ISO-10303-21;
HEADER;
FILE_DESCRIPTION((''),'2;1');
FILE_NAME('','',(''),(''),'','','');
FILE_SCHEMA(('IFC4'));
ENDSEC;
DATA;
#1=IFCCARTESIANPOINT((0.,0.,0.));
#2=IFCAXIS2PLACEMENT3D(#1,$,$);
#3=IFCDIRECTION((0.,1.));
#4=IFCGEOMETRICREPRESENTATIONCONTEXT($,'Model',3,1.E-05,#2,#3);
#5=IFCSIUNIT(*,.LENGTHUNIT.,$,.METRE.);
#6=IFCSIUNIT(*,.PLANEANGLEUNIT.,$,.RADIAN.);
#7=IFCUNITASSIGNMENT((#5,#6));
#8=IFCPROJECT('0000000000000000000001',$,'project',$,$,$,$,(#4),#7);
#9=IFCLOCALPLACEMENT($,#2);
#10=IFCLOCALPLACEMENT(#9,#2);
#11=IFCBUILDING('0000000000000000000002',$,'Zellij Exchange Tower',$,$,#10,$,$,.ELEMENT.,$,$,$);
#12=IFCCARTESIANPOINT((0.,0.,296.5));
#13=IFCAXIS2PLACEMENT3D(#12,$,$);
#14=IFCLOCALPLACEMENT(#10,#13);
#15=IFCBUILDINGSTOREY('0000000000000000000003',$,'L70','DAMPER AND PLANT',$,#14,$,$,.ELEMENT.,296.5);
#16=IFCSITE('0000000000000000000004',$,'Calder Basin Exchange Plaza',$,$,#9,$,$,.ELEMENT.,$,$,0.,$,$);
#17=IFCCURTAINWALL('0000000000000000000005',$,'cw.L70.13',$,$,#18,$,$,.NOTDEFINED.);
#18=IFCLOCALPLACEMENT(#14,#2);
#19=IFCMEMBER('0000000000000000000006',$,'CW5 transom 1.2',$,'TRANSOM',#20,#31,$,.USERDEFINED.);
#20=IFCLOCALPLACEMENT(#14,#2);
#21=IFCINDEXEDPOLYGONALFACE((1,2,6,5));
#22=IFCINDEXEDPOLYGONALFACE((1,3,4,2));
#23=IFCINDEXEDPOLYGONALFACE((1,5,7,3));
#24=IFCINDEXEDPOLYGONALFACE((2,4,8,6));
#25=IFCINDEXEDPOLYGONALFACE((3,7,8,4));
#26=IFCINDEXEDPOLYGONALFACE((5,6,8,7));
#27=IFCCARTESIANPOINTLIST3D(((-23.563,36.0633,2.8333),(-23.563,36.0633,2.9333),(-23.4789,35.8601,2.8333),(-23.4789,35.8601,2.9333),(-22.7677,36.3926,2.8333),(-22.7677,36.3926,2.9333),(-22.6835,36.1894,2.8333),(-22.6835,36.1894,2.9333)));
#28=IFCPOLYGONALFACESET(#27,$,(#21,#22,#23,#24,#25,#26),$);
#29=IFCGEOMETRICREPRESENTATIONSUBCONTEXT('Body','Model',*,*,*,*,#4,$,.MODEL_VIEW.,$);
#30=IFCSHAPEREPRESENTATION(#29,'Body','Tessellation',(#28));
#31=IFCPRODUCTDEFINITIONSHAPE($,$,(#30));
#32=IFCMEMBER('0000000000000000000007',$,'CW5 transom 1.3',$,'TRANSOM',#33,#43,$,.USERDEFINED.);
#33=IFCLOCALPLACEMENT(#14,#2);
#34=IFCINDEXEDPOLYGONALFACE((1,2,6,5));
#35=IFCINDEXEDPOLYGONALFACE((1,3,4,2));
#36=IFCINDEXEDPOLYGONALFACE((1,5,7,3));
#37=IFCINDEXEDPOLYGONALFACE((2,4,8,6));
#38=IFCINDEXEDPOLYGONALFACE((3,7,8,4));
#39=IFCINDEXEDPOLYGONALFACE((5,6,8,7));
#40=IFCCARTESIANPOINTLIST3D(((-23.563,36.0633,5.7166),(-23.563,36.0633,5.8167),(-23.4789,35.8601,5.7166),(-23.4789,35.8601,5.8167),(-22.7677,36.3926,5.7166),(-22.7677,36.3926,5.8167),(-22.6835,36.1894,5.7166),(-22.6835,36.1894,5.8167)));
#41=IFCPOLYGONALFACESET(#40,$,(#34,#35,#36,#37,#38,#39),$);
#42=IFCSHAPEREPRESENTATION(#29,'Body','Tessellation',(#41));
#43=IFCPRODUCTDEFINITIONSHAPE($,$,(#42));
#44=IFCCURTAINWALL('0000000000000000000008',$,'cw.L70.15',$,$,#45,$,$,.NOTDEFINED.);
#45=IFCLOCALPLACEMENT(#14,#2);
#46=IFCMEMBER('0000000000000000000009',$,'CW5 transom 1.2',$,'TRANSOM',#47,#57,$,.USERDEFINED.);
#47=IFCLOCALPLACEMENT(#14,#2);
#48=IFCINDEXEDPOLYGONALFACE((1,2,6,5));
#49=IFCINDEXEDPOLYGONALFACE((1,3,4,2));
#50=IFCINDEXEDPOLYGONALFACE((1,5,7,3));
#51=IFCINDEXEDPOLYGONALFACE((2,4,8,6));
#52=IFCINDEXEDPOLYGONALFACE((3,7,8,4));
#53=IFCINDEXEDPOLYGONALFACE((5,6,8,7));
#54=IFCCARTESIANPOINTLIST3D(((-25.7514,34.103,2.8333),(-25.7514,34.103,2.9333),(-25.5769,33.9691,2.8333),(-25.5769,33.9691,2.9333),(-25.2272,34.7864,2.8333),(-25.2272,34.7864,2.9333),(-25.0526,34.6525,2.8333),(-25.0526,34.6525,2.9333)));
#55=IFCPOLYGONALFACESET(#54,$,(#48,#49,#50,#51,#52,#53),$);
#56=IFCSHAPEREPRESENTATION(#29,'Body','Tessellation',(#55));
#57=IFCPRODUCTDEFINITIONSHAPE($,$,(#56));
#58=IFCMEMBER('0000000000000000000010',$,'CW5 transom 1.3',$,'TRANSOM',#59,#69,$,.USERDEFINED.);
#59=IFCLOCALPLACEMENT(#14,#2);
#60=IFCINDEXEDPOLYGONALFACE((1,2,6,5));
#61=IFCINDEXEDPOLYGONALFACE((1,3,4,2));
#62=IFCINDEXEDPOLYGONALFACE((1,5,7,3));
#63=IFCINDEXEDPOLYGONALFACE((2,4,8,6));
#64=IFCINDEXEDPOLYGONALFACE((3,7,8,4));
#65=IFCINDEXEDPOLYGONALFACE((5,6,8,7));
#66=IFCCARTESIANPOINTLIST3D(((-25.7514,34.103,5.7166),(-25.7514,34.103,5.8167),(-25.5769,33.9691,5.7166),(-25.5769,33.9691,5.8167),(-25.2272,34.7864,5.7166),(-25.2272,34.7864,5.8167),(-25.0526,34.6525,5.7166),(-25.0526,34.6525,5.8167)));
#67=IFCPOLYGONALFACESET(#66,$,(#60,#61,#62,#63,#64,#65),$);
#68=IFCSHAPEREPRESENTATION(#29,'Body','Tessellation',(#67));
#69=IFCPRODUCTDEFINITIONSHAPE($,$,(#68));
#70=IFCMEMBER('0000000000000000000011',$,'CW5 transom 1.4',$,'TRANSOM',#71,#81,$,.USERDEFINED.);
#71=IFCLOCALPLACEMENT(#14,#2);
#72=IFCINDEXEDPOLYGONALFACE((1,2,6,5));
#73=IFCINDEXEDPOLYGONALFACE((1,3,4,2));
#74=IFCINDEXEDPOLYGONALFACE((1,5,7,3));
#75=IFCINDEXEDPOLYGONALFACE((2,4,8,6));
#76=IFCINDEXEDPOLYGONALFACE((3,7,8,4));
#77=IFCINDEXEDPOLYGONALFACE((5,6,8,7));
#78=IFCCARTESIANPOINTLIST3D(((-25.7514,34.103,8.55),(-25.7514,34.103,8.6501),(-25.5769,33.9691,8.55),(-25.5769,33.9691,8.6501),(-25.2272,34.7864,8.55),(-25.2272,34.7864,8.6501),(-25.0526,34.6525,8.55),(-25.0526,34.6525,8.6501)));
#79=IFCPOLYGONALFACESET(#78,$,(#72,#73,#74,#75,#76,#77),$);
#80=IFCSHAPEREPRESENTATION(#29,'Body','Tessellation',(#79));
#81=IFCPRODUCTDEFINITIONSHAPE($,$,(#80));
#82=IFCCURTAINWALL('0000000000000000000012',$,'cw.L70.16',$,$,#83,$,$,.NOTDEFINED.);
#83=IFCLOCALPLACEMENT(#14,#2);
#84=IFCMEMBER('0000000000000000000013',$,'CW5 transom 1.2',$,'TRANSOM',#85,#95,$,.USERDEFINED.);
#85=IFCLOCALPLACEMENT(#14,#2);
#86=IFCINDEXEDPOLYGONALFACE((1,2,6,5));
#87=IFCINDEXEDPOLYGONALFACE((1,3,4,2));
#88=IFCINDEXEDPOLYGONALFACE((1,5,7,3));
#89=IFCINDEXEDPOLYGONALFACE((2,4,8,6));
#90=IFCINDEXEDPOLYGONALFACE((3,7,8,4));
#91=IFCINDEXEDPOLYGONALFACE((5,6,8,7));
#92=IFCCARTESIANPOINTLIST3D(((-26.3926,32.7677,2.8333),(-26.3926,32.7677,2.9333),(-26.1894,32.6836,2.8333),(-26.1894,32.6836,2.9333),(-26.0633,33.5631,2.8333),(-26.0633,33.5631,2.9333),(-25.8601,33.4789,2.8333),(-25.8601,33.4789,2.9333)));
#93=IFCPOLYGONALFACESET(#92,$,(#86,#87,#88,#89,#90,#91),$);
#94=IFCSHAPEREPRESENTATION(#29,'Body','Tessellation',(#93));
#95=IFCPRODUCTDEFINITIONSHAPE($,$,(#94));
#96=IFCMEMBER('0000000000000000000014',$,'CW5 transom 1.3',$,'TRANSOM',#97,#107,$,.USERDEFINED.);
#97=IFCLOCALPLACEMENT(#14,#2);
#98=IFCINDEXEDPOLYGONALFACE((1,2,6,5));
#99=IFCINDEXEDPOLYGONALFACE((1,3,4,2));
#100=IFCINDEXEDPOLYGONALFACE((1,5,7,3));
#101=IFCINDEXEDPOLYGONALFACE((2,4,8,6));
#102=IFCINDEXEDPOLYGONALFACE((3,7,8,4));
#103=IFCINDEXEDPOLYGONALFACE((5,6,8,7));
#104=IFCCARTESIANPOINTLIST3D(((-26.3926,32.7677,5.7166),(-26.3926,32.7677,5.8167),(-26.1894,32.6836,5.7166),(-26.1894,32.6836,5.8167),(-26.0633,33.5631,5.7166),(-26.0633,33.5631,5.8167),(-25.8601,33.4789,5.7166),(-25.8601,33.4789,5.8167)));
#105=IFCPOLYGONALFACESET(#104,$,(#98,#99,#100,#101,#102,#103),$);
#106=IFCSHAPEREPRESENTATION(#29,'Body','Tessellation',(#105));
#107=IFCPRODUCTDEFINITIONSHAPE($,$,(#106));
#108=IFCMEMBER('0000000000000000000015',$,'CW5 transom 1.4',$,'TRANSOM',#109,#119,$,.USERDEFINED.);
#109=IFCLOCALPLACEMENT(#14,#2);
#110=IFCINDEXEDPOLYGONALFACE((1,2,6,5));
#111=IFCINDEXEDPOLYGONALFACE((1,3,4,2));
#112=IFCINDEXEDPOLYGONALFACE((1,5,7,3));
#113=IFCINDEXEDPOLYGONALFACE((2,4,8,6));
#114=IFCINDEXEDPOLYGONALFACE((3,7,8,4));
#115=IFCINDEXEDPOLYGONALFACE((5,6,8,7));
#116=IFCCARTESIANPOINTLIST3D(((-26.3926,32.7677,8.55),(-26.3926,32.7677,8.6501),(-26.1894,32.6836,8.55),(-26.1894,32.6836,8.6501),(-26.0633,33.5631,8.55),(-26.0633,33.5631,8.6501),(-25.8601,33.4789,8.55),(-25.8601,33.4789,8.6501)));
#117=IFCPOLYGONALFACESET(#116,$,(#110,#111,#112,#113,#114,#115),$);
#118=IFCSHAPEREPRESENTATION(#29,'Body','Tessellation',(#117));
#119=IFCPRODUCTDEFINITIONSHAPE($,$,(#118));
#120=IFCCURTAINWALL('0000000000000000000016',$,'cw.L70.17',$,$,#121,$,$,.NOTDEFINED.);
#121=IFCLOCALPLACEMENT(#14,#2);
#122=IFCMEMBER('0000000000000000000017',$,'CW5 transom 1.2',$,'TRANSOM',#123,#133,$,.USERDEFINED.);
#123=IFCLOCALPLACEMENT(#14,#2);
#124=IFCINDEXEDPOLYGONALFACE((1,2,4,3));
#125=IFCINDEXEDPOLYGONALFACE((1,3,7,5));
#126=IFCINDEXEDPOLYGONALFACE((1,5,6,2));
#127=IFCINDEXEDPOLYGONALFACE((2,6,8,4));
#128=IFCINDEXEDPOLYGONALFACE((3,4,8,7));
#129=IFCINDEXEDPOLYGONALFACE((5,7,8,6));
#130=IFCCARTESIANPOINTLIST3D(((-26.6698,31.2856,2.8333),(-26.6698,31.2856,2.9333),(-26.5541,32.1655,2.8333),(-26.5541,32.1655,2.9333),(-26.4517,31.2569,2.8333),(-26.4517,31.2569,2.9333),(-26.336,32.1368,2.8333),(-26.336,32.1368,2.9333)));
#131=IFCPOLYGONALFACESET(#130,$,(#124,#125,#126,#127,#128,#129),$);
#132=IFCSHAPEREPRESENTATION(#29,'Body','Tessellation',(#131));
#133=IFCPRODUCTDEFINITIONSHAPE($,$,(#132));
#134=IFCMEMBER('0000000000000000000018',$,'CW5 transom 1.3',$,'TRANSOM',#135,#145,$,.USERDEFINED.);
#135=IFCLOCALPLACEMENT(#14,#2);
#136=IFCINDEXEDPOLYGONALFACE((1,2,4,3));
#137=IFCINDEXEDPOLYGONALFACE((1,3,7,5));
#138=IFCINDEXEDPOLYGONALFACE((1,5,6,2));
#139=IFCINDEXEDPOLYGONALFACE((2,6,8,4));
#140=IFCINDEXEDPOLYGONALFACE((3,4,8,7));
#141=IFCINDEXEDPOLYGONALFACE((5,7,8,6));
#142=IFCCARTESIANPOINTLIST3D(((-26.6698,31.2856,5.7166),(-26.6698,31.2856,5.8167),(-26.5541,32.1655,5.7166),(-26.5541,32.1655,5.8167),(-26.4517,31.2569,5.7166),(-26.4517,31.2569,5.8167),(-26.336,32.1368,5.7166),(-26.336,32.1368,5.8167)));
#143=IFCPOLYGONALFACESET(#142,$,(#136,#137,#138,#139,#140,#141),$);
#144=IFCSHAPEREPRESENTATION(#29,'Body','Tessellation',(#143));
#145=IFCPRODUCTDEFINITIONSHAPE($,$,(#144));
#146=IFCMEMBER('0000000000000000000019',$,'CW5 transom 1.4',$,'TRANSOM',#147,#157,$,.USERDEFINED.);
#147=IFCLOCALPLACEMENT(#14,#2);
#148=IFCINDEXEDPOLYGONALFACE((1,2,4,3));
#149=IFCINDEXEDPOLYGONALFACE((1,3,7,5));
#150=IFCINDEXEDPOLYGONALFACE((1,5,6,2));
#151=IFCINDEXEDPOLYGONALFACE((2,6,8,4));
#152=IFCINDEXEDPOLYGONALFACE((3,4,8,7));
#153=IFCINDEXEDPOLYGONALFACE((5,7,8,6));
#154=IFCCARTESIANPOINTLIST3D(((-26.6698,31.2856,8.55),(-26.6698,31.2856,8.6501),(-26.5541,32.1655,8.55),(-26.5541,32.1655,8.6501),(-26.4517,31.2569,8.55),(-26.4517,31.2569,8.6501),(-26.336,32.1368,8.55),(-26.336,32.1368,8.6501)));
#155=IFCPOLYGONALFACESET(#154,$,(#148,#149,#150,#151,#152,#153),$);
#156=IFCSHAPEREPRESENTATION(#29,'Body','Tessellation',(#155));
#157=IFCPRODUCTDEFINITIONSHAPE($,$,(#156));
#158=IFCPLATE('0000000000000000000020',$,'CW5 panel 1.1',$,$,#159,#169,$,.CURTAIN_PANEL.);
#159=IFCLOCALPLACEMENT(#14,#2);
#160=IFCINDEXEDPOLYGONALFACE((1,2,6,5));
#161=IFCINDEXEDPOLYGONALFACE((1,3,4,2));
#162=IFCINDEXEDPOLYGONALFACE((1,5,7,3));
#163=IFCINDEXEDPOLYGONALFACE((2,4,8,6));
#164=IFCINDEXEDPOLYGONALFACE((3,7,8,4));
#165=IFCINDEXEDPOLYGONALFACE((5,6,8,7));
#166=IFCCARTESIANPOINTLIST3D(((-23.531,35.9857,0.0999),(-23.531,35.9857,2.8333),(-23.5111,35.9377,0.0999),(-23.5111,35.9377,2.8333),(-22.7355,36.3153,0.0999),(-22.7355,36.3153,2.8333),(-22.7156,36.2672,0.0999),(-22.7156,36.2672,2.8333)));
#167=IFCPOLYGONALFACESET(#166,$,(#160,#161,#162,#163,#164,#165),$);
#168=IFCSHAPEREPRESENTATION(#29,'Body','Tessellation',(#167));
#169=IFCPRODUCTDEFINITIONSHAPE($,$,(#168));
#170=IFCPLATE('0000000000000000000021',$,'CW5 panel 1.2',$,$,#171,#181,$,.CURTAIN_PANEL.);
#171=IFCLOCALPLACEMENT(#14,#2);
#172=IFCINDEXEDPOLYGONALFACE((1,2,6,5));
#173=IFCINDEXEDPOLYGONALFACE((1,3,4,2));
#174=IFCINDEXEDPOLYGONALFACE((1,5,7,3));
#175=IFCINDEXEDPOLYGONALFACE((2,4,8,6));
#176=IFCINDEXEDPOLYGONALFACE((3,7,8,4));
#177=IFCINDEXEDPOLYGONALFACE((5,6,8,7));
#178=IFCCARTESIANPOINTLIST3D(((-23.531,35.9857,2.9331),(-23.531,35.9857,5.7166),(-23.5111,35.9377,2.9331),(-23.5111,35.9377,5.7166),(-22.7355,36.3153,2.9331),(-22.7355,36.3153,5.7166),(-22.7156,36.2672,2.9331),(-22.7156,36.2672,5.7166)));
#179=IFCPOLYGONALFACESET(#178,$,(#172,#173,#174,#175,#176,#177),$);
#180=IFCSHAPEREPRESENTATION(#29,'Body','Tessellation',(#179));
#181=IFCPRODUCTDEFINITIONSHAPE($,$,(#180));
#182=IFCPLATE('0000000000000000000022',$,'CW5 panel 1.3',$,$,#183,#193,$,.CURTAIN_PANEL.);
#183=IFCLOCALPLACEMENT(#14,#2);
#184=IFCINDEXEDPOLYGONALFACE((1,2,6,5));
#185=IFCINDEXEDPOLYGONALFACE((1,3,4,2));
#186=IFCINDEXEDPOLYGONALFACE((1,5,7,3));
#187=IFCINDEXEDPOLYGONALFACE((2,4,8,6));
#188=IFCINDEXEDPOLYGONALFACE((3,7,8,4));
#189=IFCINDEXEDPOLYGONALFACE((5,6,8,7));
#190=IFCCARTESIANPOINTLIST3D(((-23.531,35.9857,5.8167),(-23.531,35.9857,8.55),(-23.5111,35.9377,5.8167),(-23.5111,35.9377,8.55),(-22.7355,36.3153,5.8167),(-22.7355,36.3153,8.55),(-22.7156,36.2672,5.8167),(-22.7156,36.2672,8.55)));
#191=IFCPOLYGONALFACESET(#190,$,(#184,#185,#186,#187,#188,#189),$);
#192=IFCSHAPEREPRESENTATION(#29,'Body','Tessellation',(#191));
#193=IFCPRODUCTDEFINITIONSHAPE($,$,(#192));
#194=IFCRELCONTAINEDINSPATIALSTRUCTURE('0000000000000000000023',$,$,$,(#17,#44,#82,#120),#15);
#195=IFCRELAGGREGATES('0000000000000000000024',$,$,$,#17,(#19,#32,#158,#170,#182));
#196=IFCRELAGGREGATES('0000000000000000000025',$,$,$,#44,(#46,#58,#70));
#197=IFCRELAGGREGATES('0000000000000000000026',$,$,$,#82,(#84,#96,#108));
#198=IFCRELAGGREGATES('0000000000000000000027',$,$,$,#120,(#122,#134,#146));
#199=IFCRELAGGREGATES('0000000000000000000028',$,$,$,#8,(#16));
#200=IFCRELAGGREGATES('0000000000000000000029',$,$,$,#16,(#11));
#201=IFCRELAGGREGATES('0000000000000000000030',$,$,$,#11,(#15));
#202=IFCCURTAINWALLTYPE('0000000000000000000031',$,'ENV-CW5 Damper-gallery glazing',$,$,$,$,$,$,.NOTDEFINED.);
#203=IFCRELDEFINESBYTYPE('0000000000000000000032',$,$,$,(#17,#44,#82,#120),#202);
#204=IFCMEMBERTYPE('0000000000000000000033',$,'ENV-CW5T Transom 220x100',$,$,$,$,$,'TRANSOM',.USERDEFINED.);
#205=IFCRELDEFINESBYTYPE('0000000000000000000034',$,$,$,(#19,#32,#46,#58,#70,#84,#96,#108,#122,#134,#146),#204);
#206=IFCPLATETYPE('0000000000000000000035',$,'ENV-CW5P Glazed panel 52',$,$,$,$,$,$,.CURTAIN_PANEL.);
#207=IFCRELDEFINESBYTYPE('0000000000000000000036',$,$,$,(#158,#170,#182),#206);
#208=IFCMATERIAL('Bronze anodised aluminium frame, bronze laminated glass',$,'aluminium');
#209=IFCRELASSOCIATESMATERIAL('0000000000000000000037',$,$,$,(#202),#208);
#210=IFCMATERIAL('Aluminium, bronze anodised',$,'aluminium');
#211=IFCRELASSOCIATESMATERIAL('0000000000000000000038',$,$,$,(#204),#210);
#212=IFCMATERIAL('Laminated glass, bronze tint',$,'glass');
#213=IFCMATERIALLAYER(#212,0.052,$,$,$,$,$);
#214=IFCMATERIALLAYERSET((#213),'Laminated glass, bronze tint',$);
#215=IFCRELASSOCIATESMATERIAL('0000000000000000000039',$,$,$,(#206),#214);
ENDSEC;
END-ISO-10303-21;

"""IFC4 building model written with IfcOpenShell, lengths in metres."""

from ifc_helpers import new_model, si_unit, direction, frame, origin, origin_2d, place, context, subcontext, project, spatial, rectangle, extrude, material, layer, layer_set, material_profile, profile_set, type_object, element, aggregate, save


model = new_model("IFC4")

# Units and contexts
model_context = context("Model", 3, precision=1e-05, world=origin(), true_north=direction((0.0, 1.0)))
body_context = subcontext(model_context, "Body", "Model", "MODEL_VIEW")
ifc_project = project(units=[si_unit("LENGTHUNIT", "METRE"), si_unit("PLANEANGLEUNIT", "RADIAN")], contexts=[model_context])

# Site, building, storey
site_placement = place(None, origin())
site = spatial("IfcSite", under=ifc_project, at=site_placement, Name="Calder Basin Exchange Plaza", CompositionType="ELEMENT", RefElevation=0.0)
building_placement = place(site_placement, origin())
building = spatial("IfcBuilding", under=site, at=building_placement, Name="Zellij Exchange Tower", CompositionType="ELEMENT")
storey_placement = place(building_placement, frame((0.0, 0.0, 296.5)))
storey = spatial("IfcBuildingStorey", under=building, at=storey_placement, Name="L70", Description="DAMPER AND PLANT", CompositionType="ELEMENT", Elevation=296.5)

# Curtain walls, members
ifc_material_1 = material(Name="Bronze anodised aluminium frame, bronze laminated glass", Category="aluminium")
curtain_wall_type = type_object("IfcCurtainWallType", Name="ENV-CW5 Damper-gallery glazing", PredefinedType="NOTDEFINED", material=ifc_material_1)
curtain_wall_1_placement = place(storey_placement, origin())
curtain_wall_1 = element("IfcCurtainWall", 1, at=curtain_wall_1_placement, inside=storey, type_object=curtain_wall_type, Name="cw.L70.13", PredefinedType="NOTDEFINED")
ifc_material_2 = material(Name="Aluminium, bronze anodised", Category="aluminium")
ifc_material_profile = material_profile(ifc_material_2, rectangle(XDim=0.22, YDim=0.1001, at=origin_2d()), Name="AL 220x100")
ifc_profile_set = profile_set([ifc_material_profile], Name="Aluminium, bronze anodised")
member_type = type_object("IfcMemberType", Name="ENV-CW5T Transom 220x100", ElementType="TRANSOM", PredefinedType="USERDEFINED", material=ifc_profile_set)
member_1_placement = place(storey_placement, frame((-22.7256, 36.291, 2.8833), z_axis=(-0.92393, -0.382561, 0.0), x_axis=(0.382561, -0.92393, 0.0)))
member_1 = element("IfcMember", 2, at=member_1_placement, type_object=member_type, Name="CW5 transom 1.2", ObjectType="TRANSOM", PredefinedType="USERDEFINED", context=body_context, shape_type="SweptSolid", body=[
    extrude(rectangle(XDim=0.22, YDim=0.1001, at=origin_2d()), origin(), (0.0, 0.0, 1.0), 0.8608),
])
member_2_placement = place(storey_placement, frame((-22.7256, 36.291, 5.7666), z_axis=(-0.92393, -0.382561, 0.0), x_axis=(0.382561, -0.92393, 0.0)))
member_2 = element("IfcMember", 3, at=member_2_placement, type_object=member_type, Name="CW5 transom 1.3", ObjectType="TRANSOM", PredefinedType="USERDEFINED", context=body_context, shape_type="SweptSolid", body=[
    extrude(rectangle(XDim=0.22, YDim=0.1001, at=origin_2d()), origin(), (0.0, 0.0, 1.0), 0.8608),
])
curtain_wall_2_placement = place(storey_placement, origin())
curtain_wall_2 = element("IfcCurtainWall", 4, at=curtain_wall_2_placement, inside=storey, type_object=curtain_wall_type, Name="cw.L70.15", PredefinedType="NOTDEFINED")
member_3_placement = place(storey_placement, frame((-25.1399, 34.7195, 2.8833), z_axis=(-0.608628, -0.793456, 0.0), x_axis=(0.793456, -0.608628, 0.0)))
member_3 = element("IfcMember", 5, at=member_3_placement, type_object=member_type, Name="CW5 transom 1.2", ObjectType="TRANSOM", PredefinedType="USERDEFINED", context=body_context, shape_type="SweptSolid", body=[
    extrude(rectangle(XDim=0.22, YDim=0.1001, at=origin_2d()), origin(), (0.0, 0.0, 1.0), 0.8613),
])
member_4_placement = place(storey_placement, frame((-25.1399, 34.7195, 5.7666), z_axis=(-0.608628, -0.793456, 0.0), x_axis=(0.793456, -0.608628, 0.0)))
member_4 = element("IfcMember", 6, at=member_4_placement, type_object=member_type, Name="CW5 transom 1.3", ObjectType="TRANSOM", PredefinedType="USERDEFINED", context=body_context, shape_type="SweptSolid", body=[
    extrude(rectangle(XDim=0.22, YDim=0.1001, at=origin_2d()), origin(), (0.0, 0.0, 1.0), 0.8613),
])
member_5_placement = place(storey_placement, frame((-25.1399, 34.7195, 8.6001), z_axis=(-0.608628, -0.793456, 0.0), x_axis=(0.793456, -0.608628, 0.0)))
member_5 = element("IfcMember", 7, at=member_5_placement, type_object=member_type, Name="CW5 transom 1.4", ObjectType="TRANSOM", PredefinedType="USERDEFINED", context=body_context, shape_type="SweptSolid", body=[
    extrude(rectangle(XDim=0.22, YDim=0.1001, at=origin_2d()), origin(), (0.0, 0.0, 1.0), 0.8613),
])
curtain_wall_3_placement = place(storey_placement, origin())
curtain_wall_3 = element("IfcCurtainWall", 8, at=curtain_wall_3_placement, inside=storey, type_object=curtain_wall_type, Name="cw.L70.16", PredefinedType="NOTDEFINED")
member_6_placement = place(storey_placement, frame((-25.9617, 33.521, 2.8833), z_axis=(-0.382561, -0.92393, 0.0), x_axis=(0.92393, -0.382561, 0.0)))
member_6 = element("IfcMember", 9, at=member_6_placement, type_object=member_type, Name="CW5 transom 1.2", ObjectType="TRANSOM", PredefinedType="USERDEFINED", context=body_context, shape_type="SweptSolid", body=[
    extrude(rectangle(XDim=0.22, YDim=0.1001, at=origin_2d()), origin(), (0.0, 0.0, 1.0), 0.8608),
])
member_7_placement = place(storey_placement, frame((-25.9617, 33.521, 5.7666), z_axis=(-0.382561, -0.92393, 0.0), x_axis=(0.92393, -0.382561, 0.0)))
member_7 = element("IfcMember", 10, at=member_7_placement, type_object=member_type, Name="CW5 transom 1.3", ObjectType="TRANSOM", PredefinedType="USERDEFINED", context=body_context, shape_type="SweptSolid", body=[
    extrude(rectangle(XDim=0.22, YDim=0.1001, at=origin_2d()), origin(), (0.0, 0.0, 1.0), 0.8608),
])
member_8_placement = place(storey_placement, frame((-25.9617, 33.521, 8.6001), z_axis=(-0.382561, -0.92393, 0.0), x_axis=(0.92393, -0.382561, 0.0)))
member_8 = element("IfcMember", 11, at=member_8_placement, type_object=member_type, Name="CW5 transom 1.4", ObjectType="TRANSOM", PredefinedType="USERDEFINED", context=body_context, shape_type="SweptSolid", body=[
    extrude(rectangle(XDim=0.22, YDim=0.1001, at=origin_2d()), origin(), (0.0, 0.0, 1.0), 0.8608),
])
curtain_wall_4_placement = place(storey_placement, origin())
curtain_wall_4 = element("IfcCurtainWall", 12, at=curtain_wall_4_placement, inside=storey, type_object=curtain_wall_type, Name="cw.L70.17", PredefinedType="NOTDEFINED")
member_9_placement = place(storey_placement, frame((-26.4451, 32.1511, 2.8833), z_axis=(-0.130398, -0.991462, 0.0), x_axis=(0.991462, -0.130398, 0.0)))
member_9 = element("IfcMember", 13, at=member_9_placement, type_object=member_type, Name="CW5 transom 1.2", ObjectType="TRANSOM", PredefinedType="USERDEFINED", context=body_context, shape_type="SweptSolid", body=[
    extrude(rectangle(XDim=0.22, YDim=0.1001, at=origin_2d()), origin(), (0.0, 0.0, 1.0), 0.8875),
])
member_10_placement = place(storey_placement, frame((-26.4451, 32.1511, 5.7666), z_axis=(-0.130398, -0.991462, 0.0), x_axis=(0.991462, -0.130398, 0.0)))
member_10 = element("IfcMember", 14, at=member_10_placement, type_object=member_type, Name="CW5 transom 1.3", ObjectType="TRANSOM", PredefinedType="USERDEFINED", context=body_context, shape_type="SweptSolid", body=[
    extrude(rectangle(XDim=0.22, YDim=0.1001, at=origin_2d()), origin(), (0.0, 0.0, 1.0), 0.8875),
])
member_11_placement = place(storey_placement, frame((-26.4451, 32.1511, 8.6001), z_axis=(-0.130398, -0.991462, 0.0), x_axis=(0.991462, -0.130398, 0.0)))
member_11 = element("IfcMember", 15, at=member_11_placement, type_object=member_type, Name="CW5 transom 1.4", ObjectType="TRANSOM", PredefinedType="USERDEFINED", context=body_context, shape_type="SweptSolid", body=[
    extrude(rectangle(XDim=0.22, YDim=0.1001, at=origin_2d()), origin(), (0.0, 0.0, 1.0), 0.8875),
])

# Plates
ifc_material_3 = material(Name="Laminated glass, bronze tint", Category="glass")
ifc_layer = layer(ifc_material_3, 0.052)
ifc_layer_set = layer_set([ifc_layer], Name="Laminated glass, bronze tint")
plate_type = type_object("IfcPlateType", Name="ENV-CW5P Glazed panel 52", PredefinedType="CURTAIN_PANEL", material=ifc_layer_set)
plate_1_placement = place(storey_placement, frame((-23.1233, 36.1265, 0.0999), z_axis=(0.0, 0.0, 1.0), x_axis=(-0.92385, -0.382754, 0.0)))
plate_1 = element("IfcPlate", 16, at=plate_1_placement, type_object=plate_type, Name="CW5 panel 1.1", PredefinedType="CURTAIN_PANEL", context=body_context, shape_type="SweptSolid", body=[
    extrude(rectangle(XDim=0.8611, YDim=0.052, at=origin_2d()), origin(), (0.0, 0.0, 1.0), 2.7334),
])
plate_2_placement = place(storey_placement, frame((-23.1233, 36.1265, 2.9331), z_axis=(0.0, 0.0, 1.0), x_axis=(-0.92385, -0.382754, 0.0)))
plate_2 = element("IfcPlate", 17, at=plate_2_placement, type_object=plate_type, Name="CW5 panel 1.2", PredefinedType="CURTAIN_PANEL", context=body_context, shape_type="SweptSolid", body=[
    extrude(rectangle(XDim=0.8611, YDim=0.052, at=origin_2d()), origin(), (0.0, 0.0, 1.0), 2.7834),
])
plate_3_placement = place(storey_placement, frame((-23.1233, 36.1265, 5.8167), z_axis=(0.0, 0.0, 1.0), x_axis=(-0.92385, -0.382754, 0.0)))
plate_3 = element("IfcPlate", 18, at=plate_3_placement, type_object=plate_type, Name="CW5 panel 1.3", PredefinedType="CURTAIN_PANEL", context=body_context, shape_type="SweptSolid", body=[
    extrude(rectangle(XDim=0.8611, YDim=0.052, at=origin_2d()), origin(), (0.0, 0.0, 1.0), 2.7334),
])
aggregate(curtain_wall_1, [member_1, member_2, plate_1, plate_2, plate_3])
aggregate(curtain_wall_2, [member_3, member_4, member_5])
aggregate(curtain_wall_3, [member_6, member_7, member_8])
aggregate(curtain_wall_4, [member_9, member_10, member_11])

save(model, "model.ifc")
